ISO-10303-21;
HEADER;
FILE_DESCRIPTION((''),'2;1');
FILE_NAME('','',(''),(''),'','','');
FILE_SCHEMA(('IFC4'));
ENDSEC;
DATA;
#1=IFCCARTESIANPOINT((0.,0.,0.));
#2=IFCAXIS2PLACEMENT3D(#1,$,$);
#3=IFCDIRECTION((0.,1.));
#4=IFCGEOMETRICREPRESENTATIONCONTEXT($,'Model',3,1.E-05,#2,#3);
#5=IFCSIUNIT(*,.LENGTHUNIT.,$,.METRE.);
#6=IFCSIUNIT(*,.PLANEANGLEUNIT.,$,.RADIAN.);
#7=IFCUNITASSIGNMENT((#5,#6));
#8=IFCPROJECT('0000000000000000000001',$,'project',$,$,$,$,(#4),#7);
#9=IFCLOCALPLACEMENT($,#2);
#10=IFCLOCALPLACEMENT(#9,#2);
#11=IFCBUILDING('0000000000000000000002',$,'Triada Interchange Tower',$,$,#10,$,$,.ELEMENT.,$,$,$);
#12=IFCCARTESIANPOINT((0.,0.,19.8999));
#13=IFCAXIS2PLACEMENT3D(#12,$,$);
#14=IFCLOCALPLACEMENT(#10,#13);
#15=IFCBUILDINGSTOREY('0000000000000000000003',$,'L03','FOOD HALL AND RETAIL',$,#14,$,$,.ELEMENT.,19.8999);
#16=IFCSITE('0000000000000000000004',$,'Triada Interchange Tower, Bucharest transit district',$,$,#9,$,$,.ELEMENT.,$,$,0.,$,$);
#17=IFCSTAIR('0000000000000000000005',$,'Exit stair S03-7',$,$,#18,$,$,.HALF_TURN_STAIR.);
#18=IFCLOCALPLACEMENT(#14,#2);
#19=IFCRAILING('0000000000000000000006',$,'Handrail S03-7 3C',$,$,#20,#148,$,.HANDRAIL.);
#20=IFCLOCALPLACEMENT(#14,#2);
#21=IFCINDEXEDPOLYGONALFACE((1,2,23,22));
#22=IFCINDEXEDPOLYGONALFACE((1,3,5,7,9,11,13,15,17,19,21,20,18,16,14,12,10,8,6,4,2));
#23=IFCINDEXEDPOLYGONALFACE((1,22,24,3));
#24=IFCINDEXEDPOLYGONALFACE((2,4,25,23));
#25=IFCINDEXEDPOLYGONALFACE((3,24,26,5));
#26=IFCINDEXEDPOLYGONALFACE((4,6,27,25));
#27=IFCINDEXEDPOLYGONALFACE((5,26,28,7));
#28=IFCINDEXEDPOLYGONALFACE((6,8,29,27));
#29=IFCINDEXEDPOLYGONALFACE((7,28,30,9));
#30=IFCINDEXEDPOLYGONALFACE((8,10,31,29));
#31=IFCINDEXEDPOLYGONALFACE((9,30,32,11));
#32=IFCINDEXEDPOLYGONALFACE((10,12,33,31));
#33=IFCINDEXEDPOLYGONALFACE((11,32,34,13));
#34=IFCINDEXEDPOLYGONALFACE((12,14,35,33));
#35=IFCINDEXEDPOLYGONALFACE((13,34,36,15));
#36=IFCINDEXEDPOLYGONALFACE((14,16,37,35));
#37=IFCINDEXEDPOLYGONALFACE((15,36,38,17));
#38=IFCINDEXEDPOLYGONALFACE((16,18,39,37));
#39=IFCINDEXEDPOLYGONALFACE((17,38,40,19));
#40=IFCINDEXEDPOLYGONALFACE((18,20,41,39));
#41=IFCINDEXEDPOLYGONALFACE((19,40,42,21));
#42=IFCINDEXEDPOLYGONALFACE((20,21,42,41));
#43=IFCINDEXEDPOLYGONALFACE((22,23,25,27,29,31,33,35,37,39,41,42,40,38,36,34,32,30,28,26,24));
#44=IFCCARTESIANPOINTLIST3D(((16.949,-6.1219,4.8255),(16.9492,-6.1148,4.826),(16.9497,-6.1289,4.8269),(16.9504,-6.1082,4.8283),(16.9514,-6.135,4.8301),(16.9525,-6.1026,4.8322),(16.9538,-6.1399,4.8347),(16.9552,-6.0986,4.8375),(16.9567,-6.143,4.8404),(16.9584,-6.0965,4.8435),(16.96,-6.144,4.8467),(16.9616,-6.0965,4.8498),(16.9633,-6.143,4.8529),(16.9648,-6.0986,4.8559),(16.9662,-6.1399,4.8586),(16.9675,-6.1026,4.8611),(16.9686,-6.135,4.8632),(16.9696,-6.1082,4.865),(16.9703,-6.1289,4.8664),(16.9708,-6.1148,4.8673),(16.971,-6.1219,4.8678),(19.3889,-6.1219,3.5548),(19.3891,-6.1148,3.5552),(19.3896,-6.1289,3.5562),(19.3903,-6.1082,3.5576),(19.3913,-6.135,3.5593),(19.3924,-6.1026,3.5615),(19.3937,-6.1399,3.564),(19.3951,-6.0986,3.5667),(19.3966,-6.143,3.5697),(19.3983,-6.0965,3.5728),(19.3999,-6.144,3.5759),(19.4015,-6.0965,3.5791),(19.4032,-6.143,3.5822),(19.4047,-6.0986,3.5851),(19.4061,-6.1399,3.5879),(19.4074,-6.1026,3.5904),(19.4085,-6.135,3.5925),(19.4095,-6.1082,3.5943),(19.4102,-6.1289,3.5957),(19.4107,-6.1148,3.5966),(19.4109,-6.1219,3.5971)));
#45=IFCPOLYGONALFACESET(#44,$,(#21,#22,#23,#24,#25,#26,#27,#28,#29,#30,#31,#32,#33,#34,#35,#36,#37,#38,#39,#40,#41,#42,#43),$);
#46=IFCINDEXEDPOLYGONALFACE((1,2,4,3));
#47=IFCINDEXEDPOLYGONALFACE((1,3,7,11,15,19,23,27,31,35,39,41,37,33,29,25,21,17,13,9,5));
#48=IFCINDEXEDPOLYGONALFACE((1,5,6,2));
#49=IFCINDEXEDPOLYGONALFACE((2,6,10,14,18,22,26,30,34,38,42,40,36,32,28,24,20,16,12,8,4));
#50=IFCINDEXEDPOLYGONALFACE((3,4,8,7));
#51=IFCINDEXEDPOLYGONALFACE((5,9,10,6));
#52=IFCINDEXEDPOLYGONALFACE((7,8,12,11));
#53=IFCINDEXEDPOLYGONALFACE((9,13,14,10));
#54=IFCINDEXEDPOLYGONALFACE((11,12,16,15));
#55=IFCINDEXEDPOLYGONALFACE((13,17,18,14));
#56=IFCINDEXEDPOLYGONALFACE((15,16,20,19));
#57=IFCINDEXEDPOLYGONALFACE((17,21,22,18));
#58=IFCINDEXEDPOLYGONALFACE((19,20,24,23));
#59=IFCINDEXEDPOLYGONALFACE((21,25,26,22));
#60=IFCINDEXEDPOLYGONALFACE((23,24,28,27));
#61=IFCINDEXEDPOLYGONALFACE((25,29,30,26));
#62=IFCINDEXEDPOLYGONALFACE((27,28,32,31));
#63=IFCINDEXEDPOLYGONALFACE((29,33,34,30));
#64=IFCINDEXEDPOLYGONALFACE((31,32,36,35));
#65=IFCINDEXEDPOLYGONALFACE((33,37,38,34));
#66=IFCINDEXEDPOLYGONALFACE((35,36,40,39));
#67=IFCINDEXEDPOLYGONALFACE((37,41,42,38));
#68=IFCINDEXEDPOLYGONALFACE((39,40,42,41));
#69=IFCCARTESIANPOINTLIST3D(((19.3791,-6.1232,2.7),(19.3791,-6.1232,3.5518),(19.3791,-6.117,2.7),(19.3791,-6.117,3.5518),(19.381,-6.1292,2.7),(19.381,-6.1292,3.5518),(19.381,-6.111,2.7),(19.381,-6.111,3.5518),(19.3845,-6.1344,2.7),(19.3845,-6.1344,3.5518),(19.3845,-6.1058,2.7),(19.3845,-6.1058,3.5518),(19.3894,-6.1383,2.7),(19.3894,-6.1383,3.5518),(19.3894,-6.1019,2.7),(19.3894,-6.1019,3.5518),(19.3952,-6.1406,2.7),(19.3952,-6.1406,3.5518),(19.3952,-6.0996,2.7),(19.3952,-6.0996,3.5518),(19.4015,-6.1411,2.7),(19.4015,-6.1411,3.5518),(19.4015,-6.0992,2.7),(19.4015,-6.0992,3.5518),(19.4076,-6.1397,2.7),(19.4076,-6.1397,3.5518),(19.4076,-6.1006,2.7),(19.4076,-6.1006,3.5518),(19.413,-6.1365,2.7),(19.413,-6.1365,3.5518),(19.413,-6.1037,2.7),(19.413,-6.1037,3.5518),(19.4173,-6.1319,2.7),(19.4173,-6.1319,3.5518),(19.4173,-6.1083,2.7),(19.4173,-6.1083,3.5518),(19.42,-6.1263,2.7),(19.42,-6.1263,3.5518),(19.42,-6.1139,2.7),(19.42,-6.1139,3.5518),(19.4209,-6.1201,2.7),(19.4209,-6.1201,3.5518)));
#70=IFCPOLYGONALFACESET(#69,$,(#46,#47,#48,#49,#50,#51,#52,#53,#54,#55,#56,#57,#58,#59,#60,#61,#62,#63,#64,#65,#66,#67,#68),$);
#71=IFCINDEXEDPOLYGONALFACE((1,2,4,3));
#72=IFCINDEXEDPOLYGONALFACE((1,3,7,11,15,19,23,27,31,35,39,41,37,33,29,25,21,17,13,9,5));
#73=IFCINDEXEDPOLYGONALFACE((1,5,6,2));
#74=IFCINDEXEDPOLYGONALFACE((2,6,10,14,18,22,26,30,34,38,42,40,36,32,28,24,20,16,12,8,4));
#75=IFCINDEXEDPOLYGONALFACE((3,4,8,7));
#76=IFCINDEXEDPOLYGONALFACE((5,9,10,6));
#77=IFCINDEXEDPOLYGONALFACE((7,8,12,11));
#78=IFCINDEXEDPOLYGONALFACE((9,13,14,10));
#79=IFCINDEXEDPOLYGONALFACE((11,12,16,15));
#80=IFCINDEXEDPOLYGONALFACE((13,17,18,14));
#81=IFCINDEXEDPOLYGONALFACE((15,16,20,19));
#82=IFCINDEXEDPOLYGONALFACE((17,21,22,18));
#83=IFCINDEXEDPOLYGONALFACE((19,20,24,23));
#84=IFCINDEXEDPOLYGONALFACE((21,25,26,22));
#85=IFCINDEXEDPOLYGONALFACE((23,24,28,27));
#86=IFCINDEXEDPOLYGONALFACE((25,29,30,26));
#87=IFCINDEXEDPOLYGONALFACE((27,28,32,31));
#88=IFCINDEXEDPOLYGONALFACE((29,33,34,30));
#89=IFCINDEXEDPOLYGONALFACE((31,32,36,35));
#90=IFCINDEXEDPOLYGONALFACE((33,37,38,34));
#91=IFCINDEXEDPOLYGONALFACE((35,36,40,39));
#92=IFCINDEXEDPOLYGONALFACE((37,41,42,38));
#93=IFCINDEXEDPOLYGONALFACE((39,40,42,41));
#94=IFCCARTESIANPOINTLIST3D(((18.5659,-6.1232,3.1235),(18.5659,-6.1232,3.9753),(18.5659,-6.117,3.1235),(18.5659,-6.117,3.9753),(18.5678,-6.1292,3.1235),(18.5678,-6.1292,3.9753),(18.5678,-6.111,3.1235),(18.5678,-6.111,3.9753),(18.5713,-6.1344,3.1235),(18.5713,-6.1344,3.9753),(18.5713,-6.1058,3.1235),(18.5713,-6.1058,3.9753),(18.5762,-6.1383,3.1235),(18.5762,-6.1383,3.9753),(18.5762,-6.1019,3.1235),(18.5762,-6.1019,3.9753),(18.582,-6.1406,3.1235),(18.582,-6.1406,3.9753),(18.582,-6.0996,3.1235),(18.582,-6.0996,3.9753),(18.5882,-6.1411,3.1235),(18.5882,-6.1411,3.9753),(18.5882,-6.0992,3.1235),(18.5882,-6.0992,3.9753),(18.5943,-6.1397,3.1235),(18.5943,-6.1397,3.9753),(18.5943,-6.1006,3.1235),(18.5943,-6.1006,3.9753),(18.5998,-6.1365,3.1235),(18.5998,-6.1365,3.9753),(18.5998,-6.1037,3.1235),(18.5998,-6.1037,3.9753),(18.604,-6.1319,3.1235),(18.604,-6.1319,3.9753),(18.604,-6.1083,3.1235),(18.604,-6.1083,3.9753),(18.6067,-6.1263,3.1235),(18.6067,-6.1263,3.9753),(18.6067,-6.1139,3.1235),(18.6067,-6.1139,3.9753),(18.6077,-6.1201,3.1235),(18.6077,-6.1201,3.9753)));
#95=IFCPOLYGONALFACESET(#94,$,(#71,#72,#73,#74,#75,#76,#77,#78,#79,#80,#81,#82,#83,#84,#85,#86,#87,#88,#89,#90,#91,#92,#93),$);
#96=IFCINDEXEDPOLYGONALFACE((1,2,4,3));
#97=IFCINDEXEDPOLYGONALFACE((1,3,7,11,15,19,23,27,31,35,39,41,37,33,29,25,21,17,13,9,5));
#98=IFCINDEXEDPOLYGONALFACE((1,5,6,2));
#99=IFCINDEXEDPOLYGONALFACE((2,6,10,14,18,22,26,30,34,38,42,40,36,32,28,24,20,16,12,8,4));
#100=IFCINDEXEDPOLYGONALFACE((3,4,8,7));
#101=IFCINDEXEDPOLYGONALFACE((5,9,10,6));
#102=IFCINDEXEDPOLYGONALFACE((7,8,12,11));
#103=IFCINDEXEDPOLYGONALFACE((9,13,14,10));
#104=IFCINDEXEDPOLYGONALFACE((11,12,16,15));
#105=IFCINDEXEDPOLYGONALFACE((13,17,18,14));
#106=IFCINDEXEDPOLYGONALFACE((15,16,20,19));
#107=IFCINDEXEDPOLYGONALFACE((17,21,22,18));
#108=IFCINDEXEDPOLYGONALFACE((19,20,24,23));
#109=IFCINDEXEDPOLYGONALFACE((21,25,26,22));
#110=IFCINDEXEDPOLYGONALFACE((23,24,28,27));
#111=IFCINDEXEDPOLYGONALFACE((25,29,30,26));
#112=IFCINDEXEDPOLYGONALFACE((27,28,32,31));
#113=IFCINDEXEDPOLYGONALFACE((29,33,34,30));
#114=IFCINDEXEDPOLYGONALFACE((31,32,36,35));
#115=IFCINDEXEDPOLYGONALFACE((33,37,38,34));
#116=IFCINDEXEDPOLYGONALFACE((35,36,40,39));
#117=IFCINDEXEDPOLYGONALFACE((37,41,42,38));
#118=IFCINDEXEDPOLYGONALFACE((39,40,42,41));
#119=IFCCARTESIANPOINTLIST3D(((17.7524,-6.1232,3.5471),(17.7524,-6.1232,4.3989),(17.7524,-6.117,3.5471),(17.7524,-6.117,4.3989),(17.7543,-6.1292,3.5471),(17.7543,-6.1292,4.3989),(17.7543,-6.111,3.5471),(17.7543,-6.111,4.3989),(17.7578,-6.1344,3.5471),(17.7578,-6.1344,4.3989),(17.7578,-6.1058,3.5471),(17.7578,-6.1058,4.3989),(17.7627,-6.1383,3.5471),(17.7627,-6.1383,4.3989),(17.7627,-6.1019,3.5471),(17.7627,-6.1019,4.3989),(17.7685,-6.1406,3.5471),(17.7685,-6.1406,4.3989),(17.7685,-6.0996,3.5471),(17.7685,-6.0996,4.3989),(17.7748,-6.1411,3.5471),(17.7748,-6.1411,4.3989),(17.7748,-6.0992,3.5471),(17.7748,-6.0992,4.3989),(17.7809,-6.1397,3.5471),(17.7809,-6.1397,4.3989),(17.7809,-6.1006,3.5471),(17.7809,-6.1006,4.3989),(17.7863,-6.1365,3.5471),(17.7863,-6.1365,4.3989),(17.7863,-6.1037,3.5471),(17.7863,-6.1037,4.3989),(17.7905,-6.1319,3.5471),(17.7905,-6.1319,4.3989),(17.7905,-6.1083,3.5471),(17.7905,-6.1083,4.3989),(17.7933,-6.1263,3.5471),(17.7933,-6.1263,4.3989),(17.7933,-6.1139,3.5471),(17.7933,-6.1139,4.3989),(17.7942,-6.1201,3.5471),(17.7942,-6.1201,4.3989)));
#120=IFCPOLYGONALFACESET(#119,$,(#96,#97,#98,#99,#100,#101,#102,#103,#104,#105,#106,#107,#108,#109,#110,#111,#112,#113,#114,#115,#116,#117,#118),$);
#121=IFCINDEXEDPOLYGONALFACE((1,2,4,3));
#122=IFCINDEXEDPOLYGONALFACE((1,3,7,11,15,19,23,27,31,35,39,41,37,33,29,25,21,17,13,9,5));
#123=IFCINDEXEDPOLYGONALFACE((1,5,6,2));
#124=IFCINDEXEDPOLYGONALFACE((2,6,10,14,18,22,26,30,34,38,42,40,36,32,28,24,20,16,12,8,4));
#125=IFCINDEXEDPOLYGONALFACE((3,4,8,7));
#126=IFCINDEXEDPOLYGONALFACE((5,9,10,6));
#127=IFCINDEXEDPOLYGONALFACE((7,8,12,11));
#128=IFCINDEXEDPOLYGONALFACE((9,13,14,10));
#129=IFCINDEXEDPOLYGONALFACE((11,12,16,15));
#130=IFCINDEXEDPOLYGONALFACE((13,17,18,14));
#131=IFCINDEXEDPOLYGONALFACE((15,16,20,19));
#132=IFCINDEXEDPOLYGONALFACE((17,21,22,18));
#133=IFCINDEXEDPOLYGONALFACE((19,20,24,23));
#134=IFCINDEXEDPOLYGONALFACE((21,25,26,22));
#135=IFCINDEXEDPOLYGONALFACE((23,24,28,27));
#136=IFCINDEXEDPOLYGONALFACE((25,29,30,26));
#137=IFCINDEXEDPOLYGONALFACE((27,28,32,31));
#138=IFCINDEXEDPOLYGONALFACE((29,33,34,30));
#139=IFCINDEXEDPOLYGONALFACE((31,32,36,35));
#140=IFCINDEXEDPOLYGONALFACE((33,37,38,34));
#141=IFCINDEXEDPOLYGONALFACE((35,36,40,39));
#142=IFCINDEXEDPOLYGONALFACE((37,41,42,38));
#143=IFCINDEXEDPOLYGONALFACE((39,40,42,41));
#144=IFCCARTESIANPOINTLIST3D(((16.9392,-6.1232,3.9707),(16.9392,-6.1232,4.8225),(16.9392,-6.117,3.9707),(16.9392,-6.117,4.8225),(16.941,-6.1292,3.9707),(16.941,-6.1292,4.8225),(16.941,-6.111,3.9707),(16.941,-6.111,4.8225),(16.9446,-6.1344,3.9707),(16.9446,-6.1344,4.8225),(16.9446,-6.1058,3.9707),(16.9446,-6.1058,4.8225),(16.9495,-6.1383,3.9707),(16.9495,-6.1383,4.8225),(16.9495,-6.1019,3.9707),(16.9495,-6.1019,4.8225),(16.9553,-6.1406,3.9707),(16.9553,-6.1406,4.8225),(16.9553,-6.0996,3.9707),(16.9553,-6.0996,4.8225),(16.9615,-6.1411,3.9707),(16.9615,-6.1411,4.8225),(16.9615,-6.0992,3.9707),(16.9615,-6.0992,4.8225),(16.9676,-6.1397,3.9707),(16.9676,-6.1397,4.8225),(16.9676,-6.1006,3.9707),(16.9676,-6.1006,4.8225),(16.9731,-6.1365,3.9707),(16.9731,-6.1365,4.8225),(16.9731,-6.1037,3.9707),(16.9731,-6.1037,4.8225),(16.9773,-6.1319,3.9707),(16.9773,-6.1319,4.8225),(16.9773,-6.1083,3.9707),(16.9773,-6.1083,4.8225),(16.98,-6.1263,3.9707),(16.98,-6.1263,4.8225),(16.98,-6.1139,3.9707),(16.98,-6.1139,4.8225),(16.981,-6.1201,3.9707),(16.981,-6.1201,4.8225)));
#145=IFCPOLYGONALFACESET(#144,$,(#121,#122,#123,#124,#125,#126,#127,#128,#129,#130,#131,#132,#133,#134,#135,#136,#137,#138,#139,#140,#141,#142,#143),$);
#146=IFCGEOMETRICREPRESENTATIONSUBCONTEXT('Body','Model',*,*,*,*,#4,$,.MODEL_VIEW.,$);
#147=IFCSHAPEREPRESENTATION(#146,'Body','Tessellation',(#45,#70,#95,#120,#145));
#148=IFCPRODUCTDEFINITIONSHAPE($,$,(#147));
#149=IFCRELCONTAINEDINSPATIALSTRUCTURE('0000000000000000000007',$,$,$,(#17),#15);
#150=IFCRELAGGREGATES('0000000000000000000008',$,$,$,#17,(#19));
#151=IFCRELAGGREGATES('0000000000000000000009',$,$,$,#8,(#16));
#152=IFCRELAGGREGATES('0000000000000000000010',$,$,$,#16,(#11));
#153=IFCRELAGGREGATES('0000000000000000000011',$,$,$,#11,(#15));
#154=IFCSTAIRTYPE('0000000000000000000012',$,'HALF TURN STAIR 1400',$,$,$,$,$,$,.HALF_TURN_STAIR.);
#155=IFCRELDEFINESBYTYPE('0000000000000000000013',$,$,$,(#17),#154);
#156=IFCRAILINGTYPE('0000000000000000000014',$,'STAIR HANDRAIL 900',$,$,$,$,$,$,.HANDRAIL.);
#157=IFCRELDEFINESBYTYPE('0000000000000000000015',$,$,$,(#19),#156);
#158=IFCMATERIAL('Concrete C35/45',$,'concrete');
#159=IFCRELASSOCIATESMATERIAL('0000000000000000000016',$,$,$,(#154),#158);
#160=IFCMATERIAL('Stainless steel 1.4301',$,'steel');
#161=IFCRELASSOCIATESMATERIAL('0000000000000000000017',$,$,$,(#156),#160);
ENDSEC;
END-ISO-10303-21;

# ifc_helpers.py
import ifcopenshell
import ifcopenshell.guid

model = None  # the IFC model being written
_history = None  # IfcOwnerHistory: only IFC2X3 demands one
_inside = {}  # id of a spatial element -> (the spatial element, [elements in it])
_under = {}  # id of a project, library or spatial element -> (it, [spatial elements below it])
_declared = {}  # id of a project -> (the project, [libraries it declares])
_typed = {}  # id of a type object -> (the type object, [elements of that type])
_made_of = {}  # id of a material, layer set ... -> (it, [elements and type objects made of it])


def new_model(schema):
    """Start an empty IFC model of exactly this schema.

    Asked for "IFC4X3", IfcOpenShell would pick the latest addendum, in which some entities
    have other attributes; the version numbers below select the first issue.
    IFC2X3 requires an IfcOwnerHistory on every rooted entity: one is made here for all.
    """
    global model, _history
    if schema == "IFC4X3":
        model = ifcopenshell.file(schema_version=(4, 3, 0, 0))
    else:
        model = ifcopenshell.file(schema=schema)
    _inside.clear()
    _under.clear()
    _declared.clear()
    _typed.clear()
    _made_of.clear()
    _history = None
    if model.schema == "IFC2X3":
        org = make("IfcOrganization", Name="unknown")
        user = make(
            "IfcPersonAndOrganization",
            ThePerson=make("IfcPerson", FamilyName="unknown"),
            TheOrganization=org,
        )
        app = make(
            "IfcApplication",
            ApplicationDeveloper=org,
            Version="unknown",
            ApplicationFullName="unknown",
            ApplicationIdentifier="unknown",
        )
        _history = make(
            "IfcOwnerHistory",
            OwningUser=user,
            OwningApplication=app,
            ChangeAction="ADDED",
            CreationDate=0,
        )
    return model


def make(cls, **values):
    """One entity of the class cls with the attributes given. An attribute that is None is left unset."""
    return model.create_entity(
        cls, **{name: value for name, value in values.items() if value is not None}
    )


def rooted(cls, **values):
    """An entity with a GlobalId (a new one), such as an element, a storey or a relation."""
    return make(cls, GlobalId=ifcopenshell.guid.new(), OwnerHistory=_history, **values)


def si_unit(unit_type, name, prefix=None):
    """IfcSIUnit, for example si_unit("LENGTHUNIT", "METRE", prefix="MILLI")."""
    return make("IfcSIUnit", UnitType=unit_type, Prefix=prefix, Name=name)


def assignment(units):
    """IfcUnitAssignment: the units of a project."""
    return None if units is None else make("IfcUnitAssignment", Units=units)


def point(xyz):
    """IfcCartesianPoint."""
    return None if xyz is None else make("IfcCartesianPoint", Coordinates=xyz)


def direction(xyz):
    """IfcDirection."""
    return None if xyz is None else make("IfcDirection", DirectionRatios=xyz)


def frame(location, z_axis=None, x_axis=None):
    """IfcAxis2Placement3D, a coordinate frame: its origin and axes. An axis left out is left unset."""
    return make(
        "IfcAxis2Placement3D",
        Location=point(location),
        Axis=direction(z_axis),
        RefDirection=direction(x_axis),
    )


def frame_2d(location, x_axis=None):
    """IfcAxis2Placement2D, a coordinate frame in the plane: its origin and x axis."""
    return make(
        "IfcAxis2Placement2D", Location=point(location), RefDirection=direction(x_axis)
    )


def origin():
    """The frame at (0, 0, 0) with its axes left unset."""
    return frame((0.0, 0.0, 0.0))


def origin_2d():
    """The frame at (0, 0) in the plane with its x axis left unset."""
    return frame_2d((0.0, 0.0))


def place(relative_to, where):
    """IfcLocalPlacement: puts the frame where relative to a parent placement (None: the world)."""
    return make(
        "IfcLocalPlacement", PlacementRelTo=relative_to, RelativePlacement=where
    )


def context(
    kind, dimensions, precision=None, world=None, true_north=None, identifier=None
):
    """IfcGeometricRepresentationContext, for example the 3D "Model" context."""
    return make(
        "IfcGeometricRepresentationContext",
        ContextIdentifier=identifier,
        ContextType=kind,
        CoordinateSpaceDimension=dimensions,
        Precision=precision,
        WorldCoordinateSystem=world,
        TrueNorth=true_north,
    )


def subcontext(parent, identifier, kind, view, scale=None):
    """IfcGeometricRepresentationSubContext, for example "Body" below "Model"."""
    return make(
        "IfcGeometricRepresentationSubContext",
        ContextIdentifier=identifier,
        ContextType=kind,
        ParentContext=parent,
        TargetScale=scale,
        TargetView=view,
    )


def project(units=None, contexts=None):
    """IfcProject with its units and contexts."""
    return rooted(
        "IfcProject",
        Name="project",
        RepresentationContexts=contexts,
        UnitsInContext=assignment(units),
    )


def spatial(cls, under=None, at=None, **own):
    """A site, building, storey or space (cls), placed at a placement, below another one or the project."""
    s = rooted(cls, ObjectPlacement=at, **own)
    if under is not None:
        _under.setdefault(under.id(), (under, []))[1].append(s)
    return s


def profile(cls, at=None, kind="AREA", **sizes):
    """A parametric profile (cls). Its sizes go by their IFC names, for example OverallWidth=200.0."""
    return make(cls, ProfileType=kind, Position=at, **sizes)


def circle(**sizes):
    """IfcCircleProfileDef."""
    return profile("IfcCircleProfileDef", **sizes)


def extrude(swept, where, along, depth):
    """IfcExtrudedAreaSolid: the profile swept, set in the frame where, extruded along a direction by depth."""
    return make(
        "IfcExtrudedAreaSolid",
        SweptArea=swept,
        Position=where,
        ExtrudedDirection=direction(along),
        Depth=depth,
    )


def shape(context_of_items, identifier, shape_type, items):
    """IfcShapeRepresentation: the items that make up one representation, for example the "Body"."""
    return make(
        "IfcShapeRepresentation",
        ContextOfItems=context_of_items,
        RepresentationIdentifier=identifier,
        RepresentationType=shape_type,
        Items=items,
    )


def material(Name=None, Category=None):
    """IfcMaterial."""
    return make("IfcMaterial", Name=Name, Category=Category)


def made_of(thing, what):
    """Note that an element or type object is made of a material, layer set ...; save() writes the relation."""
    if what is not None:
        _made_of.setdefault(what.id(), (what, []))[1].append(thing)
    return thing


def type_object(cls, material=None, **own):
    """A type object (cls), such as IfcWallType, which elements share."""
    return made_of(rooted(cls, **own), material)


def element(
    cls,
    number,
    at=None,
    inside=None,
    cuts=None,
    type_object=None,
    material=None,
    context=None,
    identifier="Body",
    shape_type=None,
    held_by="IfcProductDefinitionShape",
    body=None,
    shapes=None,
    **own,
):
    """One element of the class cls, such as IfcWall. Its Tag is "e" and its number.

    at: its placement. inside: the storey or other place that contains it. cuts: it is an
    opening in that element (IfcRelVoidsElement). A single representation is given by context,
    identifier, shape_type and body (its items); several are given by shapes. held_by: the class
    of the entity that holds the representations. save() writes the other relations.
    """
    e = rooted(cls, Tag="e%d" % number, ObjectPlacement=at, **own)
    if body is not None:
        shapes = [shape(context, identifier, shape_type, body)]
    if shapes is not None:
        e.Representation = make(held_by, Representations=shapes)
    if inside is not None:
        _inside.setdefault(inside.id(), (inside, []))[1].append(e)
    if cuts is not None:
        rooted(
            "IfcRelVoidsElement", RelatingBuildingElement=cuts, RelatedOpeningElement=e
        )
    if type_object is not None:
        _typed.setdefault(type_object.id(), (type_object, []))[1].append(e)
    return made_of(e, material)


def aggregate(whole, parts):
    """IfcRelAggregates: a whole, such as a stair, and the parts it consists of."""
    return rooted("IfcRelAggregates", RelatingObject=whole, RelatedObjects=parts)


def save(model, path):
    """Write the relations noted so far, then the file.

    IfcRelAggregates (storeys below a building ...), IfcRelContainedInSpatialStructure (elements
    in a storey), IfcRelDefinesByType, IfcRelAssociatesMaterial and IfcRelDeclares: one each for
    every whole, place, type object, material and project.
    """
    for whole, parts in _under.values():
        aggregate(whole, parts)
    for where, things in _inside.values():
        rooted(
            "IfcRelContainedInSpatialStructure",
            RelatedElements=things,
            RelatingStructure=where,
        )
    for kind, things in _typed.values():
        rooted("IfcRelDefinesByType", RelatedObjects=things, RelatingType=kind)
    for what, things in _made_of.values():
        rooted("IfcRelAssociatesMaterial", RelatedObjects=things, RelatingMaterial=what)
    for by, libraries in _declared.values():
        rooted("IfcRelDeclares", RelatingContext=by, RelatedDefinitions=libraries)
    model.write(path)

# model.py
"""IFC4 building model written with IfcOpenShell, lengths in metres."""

from ifc_helpers import new_model, si_unit, direction, frame, origin, origin_2d, place, context, subcontext, project, spatial, circle, extrude, material, type_object, element, aggregate, save


model = new_model("IFC4")

# Units and contexts
model_context = context("Model", 3, precision=1e-05, world=origin(), true_north=direction((0.0, 1.0)))
body_context = subcontext(model_context, "Body", "Model", "MODEL_VIEW")
ifc_project = project(units=[si_unit("LENGTHUNIT", "METRE"), si_unit("PLANEANGLEUNIT", "RADIAN")], contexts=[model_context])

# Site, building, storey
site_placement = place(None, origin())
site = spatial("IfcSite", under=ifc_project, at=site_placement, Name="Triada Interchange Tower, Bucharest transit district", CompositionType="ELEMENT", RefElevation=0.0)
building_placement = place(site_placement, origin())
building = spatial("IfcBuilding", under=site, at=building_placement, Name="Triada Interchange Tower", CompositionType="ELEMENT")
storey_placement = place(building_placement, frame((0.0, 0.0, 19.8999)))
storey = spatial("IfcBuildingStorey", under=building, at=storey_placement, Name="L03", Description="FOOD HALL AND RETAIL", CompositionType="ELEMENT", Elevation=19.8999)

# Shared definitions
ifc_material_1 = material(Name="Concrete C35/45", Category="concrete")

# Stair, railing
stair_type = type_object("IfcStairType", Name="HALF TURN STAIR 1400", PredefinedType="HALF_TURN_STAIR", material=ifc_material_1)
stair_placement = place(storey_placement, origin())
stair = element("IfcStair", 1, at=stair_placement, inside=storey, type_object=stair_type, Name="Exit stair S03-7", PredefinedType="HALF_TURN_STAIR")
ifc_material_2 = material(Name="Stainless steel 1.4301", Category="steel")
railing_type_1 = type_object("IfcRailingType", Name="STAIR HANDRAIL 900", PredefinedType="HANDRAIL", material=ifc_material_2)
railing_1_placement = place(storey_placement, frame((19.3999, -6.1201, 2.7)))
railing_1 = element("IfcRailing", 2, at=railing_1_placement, type_object=railing_type_1, Name="Handrail S03-7 3C", PredefinedType="HANDRAIL", context=body_context, shape_type="SweptSolid", body=[
    extrude(circle(Radius=0.0239, at=origin_2d()), frame((0.0, 0.0, 0.876), z_axis=(-0.886922, 0.0, 0.46192), x_axis=(0.0, -1.0, 0.0)), (0.0, 0.0, 1.0), 2.751),
    extrude(circle(Radius=0.021, at=origin_2d()), origin(), (0.0, 0.0, 1.0), 0.8518),
    extrude(circle(Radius=0.021, at=origin_2d()), frame((-0.8132, 0.0, 0.4236)), (0.0, 0.0, 1.0), 0.8518),
    extrude(circle(Radius=0.021, at=origin_2d()), frame((-1.6267, 0.0, 0.8472)), (0.0, 0.0, 1.0), 0.8518),
    extrude(circle(Radius=0.021, at=origin_2d()), frame((-2.4399, 0.0, 1.2708)), (0.0, 0.0, 1.0), 0.8518),
])
aggregate(stair, [railing_1])

save(model, "model.ifc")
